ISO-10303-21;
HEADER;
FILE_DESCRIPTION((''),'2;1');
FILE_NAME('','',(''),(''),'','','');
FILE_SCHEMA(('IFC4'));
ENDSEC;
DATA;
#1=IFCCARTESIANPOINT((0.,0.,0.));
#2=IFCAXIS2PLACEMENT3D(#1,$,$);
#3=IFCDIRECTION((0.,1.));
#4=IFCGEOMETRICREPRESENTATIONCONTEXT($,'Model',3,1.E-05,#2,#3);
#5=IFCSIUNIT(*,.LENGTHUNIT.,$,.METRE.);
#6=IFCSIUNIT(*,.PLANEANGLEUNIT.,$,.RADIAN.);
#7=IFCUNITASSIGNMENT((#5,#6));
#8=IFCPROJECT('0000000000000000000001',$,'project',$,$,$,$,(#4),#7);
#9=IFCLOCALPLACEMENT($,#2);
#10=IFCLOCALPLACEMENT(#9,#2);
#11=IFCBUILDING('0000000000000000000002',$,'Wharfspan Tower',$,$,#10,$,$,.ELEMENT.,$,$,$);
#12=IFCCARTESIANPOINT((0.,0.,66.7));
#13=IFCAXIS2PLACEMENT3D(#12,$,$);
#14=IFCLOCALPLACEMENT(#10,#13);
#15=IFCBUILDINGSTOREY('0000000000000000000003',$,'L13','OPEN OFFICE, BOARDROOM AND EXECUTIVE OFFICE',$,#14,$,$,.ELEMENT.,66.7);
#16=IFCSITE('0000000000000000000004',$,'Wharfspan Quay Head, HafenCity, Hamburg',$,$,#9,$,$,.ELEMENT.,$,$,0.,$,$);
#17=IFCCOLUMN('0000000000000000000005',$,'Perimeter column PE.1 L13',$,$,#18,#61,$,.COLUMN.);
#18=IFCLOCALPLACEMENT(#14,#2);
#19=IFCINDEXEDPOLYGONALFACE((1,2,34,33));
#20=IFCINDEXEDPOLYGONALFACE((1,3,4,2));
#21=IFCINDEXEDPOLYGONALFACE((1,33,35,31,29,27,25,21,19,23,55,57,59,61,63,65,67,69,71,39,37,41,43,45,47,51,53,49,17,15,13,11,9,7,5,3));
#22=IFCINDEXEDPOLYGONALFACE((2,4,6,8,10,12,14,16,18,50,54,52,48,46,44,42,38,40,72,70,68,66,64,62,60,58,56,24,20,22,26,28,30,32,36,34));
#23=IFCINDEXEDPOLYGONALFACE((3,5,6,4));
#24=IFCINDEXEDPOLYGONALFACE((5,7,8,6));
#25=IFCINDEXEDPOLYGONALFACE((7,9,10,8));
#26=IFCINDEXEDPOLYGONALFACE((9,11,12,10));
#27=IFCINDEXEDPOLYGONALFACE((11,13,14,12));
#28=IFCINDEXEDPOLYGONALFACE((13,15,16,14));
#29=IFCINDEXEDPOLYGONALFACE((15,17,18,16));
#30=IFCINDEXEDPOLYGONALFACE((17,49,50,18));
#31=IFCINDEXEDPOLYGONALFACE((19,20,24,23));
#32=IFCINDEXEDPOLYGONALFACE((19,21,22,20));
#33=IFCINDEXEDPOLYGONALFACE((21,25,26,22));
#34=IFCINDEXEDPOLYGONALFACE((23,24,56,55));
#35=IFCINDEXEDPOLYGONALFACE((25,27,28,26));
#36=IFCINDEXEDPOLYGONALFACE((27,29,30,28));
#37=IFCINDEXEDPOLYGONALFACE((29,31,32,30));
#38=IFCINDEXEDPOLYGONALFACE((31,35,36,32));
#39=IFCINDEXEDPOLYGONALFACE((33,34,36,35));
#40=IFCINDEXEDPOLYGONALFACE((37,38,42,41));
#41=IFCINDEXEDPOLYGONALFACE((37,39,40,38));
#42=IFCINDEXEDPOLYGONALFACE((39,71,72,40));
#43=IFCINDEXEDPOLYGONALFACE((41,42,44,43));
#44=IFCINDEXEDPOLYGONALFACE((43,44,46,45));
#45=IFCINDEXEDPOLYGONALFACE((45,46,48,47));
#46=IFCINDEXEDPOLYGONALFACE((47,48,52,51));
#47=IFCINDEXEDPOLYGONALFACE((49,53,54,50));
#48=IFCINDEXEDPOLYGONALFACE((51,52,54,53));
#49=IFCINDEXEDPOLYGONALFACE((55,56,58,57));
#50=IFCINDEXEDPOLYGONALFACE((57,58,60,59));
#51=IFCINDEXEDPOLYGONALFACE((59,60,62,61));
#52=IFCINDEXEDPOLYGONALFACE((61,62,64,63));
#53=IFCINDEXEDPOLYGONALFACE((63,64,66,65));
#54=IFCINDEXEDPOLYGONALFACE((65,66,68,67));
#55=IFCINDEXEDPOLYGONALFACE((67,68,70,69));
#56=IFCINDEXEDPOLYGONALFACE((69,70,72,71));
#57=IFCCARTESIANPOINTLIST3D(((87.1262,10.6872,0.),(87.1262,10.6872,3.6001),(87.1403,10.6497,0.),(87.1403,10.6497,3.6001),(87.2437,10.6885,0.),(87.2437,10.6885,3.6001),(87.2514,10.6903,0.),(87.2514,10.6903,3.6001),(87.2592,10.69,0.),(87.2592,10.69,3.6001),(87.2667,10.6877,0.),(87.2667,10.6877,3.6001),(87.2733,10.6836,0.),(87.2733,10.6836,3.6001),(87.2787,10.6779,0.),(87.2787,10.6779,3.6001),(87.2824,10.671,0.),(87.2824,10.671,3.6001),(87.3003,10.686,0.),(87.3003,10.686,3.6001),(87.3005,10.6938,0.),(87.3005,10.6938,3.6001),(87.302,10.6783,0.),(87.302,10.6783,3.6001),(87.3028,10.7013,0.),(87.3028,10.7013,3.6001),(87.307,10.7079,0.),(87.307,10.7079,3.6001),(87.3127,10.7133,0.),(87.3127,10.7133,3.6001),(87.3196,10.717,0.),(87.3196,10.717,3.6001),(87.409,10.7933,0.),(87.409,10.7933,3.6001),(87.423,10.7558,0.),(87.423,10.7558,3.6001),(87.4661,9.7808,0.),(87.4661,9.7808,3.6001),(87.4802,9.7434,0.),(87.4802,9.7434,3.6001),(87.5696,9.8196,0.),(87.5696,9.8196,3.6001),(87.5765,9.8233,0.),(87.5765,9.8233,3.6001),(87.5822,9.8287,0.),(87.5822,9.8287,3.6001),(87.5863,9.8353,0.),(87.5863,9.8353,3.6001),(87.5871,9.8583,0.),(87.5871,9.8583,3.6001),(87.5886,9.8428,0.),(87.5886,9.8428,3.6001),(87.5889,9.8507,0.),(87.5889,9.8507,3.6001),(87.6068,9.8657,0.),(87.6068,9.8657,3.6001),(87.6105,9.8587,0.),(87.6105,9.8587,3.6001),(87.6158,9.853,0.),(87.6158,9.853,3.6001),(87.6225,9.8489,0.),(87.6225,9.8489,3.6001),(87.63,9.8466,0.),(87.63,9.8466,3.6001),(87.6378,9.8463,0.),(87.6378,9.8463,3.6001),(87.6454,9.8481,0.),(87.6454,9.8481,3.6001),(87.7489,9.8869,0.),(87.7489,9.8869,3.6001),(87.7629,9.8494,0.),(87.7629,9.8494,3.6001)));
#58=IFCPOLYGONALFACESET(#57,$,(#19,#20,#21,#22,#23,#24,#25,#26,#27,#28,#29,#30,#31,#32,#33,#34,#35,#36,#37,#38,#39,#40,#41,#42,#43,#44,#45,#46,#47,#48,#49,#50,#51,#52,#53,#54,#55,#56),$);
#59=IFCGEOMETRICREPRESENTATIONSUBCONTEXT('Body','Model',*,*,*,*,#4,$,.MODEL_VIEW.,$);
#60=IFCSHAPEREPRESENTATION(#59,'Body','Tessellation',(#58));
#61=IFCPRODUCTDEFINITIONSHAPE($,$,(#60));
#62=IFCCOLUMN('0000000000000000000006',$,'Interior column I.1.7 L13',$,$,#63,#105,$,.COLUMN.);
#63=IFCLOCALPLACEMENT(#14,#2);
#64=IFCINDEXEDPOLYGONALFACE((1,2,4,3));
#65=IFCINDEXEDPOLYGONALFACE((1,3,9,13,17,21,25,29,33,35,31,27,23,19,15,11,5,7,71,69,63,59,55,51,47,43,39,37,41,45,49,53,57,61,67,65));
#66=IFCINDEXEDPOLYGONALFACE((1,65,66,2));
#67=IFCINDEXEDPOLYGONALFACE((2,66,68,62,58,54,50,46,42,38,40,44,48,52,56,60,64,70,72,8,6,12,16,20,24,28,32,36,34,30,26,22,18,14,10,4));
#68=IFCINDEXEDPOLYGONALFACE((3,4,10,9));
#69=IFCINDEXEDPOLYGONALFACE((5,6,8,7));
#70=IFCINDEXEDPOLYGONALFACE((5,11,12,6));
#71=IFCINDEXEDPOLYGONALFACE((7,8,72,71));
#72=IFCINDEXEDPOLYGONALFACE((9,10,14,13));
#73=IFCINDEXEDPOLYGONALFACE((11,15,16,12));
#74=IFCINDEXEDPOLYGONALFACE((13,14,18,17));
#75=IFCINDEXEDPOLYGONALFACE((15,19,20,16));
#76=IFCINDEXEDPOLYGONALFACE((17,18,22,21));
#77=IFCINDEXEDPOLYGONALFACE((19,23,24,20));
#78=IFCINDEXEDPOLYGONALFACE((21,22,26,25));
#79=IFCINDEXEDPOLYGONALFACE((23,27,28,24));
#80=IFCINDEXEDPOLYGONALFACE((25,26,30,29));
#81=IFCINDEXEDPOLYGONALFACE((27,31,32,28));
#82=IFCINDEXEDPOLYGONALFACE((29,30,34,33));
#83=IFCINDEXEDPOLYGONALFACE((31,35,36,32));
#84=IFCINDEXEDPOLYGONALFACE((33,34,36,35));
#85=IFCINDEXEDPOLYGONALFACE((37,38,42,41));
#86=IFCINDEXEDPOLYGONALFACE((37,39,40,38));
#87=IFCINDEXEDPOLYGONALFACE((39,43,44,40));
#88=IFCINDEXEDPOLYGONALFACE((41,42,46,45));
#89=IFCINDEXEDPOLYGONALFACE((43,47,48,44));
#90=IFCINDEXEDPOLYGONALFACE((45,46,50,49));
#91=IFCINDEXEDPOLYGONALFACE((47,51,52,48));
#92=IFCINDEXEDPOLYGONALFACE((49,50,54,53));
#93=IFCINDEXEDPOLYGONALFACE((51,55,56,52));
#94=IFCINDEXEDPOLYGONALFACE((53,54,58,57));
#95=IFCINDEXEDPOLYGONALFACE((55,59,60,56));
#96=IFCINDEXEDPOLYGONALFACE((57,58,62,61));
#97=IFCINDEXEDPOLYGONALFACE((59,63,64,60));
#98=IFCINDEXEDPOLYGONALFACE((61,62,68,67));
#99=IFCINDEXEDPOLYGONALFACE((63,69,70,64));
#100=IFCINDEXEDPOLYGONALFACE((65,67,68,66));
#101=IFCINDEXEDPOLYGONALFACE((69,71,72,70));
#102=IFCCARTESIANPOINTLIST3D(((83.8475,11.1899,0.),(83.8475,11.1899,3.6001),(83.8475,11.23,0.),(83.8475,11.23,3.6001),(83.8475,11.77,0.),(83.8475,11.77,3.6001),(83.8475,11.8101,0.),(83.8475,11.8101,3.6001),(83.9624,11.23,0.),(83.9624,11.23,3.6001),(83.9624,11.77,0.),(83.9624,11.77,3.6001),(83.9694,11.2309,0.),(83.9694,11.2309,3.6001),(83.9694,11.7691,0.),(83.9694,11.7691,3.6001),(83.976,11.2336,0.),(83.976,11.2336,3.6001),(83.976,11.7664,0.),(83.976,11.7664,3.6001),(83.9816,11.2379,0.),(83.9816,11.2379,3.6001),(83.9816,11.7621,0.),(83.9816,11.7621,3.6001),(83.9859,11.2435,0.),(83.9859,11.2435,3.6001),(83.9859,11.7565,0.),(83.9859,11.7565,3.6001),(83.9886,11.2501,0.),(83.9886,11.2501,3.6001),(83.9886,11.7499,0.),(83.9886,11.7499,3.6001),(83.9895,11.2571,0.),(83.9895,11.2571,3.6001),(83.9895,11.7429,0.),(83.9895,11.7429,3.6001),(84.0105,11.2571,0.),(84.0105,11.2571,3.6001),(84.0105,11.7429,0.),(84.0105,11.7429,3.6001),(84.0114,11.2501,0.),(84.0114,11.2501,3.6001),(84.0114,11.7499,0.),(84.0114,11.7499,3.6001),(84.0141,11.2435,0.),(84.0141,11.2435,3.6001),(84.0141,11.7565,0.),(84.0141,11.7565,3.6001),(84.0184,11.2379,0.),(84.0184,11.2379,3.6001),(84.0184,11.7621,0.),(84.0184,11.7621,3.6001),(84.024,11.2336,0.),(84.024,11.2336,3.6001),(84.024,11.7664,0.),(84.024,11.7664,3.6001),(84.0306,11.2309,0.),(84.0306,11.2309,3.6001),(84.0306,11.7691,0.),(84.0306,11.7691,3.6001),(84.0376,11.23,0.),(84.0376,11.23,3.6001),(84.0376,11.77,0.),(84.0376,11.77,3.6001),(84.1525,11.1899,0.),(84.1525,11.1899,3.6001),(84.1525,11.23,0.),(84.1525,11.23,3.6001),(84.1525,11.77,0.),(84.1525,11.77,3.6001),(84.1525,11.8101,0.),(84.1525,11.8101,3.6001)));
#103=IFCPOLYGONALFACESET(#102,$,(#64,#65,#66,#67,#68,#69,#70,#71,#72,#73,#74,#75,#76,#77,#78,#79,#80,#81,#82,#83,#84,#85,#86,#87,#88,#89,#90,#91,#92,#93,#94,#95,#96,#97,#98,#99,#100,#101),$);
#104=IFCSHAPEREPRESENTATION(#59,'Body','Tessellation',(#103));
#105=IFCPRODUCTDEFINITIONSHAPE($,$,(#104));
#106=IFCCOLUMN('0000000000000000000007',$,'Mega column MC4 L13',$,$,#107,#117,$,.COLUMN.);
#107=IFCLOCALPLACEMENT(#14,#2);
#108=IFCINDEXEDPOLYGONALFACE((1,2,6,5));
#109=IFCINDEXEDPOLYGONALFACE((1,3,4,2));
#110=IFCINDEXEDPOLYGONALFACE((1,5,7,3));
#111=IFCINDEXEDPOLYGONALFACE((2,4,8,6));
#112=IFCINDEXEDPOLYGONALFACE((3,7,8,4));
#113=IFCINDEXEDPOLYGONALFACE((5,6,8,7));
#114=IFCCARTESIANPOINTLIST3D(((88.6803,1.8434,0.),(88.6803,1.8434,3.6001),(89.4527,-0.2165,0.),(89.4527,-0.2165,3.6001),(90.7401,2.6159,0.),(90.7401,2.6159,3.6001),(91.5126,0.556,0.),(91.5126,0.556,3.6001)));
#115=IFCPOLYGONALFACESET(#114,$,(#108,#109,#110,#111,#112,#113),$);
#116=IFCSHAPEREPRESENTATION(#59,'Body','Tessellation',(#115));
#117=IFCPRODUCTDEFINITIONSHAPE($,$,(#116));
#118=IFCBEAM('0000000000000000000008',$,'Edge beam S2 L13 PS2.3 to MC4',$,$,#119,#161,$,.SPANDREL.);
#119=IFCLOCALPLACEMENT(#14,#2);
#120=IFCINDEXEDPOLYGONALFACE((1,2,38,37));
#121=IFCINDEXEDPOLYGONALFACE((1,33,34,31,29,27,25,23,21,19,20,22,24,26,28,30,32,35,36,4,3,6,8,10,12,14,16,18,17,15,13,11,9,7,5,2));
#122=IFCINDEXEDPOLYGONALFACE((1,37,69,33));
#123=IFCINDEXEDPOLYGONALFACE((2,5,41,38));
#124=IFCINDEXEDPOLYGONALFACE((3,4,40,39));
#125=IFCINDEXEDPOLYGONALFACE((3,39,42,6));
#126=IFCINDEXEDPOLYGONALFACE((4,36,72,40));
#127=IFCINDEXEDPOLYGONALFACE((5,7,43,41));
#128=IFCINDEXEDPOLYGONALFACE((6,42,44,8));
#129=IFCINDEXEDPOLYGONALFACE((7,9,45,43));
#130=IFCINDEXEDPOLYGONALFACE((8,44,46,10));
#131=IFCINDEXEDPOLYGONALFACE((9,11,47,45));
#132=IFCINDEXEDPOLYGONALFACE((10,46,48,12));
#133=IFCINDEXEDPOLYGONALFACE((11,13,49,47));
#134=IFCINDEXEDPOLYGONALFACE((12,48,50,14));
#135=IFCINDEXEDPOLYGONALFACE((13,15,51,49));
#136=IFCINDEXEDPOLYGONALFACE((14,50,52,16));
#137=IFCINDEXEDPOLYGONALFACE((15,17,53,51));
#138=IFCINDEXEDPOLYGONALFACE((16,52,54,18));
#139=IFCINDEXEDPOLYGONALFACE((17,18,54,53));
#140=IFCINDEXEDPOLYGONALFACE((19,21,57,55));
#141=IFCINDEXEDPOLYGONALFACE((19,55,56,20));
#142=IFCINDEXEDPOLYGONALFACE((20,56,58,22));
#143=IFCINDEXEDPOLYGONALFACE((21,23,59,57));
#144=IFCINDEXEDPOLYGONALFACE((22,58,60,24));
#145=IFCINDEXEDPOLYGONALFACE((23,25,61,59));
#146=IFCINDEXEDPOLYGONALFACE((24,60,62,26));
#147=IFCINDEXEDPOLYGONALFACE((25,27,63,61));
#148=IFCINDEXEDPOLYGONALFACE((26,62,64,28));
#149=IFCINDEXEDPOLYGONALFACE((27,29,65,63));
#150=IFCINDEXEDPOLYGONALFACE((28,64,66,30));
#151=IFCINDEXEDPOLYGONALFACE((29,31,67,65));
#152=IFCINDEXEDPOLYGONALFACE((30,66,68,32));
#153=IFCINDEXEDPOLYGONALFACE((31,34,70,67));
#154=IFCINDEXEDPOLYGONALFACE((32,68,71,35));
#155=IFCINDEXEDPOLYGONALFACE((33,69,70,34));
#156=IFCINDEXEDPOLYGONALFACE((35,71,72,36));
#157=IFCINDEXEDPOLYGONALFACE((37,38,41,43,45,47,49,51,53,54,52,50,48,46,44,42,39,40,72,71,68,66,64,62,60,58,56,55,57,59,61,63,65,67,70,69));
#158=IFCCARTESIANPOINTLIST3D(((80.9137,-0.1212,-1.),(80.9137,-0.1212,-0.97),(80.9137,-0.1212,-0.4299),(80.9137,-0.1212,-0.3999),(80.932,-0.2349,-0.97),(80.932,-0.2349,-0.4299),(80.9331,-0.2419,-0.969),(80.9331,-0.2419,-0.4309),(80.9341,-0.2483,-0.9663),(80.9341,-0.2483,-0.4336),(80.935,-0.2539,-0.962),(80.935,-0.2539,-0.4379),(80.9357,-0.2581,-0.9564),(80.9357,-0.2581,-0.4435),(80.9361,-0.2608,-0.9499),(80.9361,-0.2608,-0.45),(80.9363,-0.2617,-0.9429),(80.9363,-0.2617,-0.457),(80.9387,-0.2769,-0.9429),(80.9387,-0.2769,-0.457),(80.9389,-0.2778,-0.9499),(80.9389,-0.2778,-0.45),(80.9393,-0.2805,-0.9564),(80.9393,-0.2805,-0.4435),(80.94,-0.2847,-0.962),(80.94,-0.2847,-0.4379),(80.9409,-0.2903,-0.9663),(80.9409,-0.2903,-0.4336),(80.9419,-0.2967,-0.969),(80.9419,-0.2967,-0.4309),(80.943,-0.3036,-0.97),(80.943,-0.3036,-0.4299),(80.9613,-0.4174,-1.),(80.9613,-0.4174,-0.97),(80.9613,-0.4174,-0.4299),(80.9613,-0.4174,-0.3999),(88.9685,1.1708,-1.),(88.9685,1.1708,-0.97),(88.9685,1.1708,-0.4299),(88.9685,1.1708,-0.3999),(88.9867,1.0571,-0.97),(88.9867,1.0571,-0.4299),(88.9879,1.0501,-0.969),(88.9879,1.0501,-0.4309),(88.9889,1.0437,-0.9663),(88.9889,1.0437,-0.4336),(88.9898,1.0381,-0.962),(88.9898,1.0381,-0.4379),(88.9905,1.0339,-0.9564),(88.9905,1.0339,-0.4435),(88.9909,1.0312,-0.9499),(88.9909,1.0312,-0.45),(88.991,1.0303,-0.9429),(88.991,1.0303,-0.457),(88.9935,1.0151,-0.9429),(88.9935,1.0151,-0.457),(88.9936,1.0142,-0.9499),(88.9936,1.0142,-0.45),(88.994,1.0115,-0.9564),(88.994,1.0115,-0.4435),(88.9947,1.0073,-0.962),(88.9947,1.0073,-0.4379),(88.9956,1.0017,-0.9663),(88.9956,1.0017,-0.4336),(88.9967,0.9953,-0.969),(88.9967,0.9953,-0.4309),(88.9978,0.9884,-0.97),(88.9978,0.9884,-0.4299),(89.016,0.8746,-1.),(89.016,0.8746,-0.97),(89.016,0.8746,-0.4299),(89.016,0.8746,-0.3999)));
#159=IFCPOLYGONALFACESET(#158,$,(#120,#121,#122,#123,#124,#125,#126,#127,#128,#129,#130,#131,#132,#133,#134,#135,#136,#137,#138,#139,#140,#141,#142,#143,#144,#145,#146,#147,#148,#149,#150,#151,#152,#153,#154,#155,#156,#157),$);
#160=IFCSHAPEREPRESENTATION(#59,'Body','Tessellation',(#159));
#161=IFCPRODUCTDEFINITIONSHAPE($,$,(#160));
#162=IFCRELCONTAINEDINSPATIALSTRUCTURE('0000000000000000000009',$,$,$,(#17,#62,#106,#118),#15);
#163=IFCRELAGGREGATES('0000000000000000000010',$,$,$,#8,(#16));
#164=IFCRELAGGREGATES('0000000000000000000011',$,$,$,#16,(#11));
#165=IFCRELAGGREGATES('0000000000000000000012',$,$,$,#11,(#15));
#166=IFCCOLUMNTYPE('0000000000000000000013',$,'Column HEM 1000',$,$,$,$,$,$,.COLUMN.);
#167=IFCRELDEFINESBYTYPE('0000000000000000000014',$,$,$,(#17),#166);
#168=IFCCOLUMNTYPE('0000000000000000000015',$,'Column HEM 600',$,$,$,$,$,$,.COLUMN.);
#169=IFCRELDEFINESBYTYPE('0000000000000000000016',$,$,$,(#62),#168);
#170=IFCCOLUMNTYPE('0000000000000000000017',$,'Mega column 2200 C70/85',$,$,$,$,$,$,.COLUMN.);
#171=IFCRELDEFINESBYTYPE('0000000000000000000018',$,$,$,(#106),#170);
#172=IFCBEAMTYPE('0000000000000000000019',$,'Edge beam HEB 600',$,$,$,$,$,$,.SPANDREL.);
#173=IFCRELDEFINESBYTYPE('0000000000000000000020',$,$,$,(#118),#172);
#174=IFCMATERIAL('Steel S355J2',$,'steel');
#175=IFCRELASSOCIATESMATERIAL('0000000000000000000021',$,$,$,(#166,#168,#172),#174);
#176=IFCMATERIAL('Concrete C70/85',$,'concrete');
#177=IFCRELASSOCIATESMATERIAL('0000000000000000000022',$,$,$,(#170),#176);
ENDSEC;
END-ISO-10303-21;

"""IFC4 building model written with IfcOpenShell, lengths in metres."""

from ifc_helpers import new_model, si_unit, direction, frame, origin, origin_2d, place, context, subcontext, project, spatial, rectangle, i_section, extrude, material, material_profile, profile_set, type_object, element, save


model = new_model("IFC4")

# Units and contexts
model_context = context("Model", 3, precision=1e-05, world=origin(), true_north=direction((0.0, 1.0)))
body_context = subcontext(model_context, "Body", "Model", "MODEL_VIEW")
ifc_project = project(units=[si_unit("LENGTHUNIT", "METRE"), si_unit("PLANEANGLEUNIT", "RADIAN")], contexts=[model_context])

# Site, building, storey
site_placement = place(None, origin())
site = spatial("IfcSite", under=ifc_project, at=site_placement, Name="Wharfspan Quay Head, HafenCity, Hamburg", CompositionType="ELEMENT", RefElevation=0.0)
building_placement = place(site_placement, origin())
building = spatial("IfcBuilding", under=site, at=building_placement, Name="Wharfspan Tower", CompositionType="ELEMENT")
storey_placement = place(building_placement, frame((0.0, 0.0, 66.7)))
storey = spatial("IfcBuildingStorey", under=building, at=storey_placement, Name="L13", Description="OPEN OFFICE, BOARDROOM AND EXECUTIVE OFFICE", CompositionType="ELEMENT", Elevation=66.7)

# Columns
ifc_material_1 = material(Name="Steel S355J2", Category="steel")
ifc_material_profile_1 = material_profile(ifc_material_1, i_section(OverallWidth=0.302, OverallDepth=1.0081, WebThickness=0.021, FlangeThickness=0.04, FilletRadius=0.03, at=origin_2d()))
ifc_profile_set_1 = profile_set([ifc_material_profile_1], Name="Steel S355J2")
column_type_1 = type_object("IfcColumnType", Name="Column HEM 1000", PredefinedType="COLUMN", material=ifc_profile_set_1)
column_1_placement = place(storey_placement, frame((87.4446, 10.2683, 0.0), z_axis=(0.0, 0.0, 1.0), x_axis=(0.936328, 0.351123, 0.0)))
element("IfcColumn", 1, at=column_1_placement, inside=storey, type_object=column_type_1, Name="Perimeter column PE.1 L13", PredefinedType="COLUMN", context=body_context, shape_type="SweptSolid", body=[
    extrude(i_section(OverallWidth=0.302, OverallDepth=1.0081, WebThickness=0.021, FlangeThickness=0.04, FilletRadius=0.03, at=origin_2d()), origin(), (0.0, 0.0, 1.0), 3.6001),
])
ifc_material_profile_2 = material_profile(ifc_material_1, i_section(OverallWidth=0.3049, OverallDepth=0.6201, WebThickness=0.021, FlangeThickness=0.04, FilletRadius=0.0271, at=origin_2d()))
ifc_profile_set_2 = profile_set([ifc_material_profile_2], Name="Steel S355J2")
column_type_2 = type_object("IfcColumnType", Name="Column HEM 600", PredefinedType="COLUMN", material=ifc_profile_set_2)
column_2_placement = place(storey_placement, frame((84.0, 11.5, 0.0), z_axis=(0.0, 0.0, 1.0), x_axis=(1.0, 0.0, 0.0)))
element("IfcColumn", 2, at=column_2_placement, inside=storey, type_object=column_type_2, Name="Interior column I.1.7 L13", PredefinedType="COLUMN", context=body_context, shape_type="SweptSolid", body=[
    extrude(i_section(OverallWidth=0.3049, OverallDepth=0.6201, WebThickness=0.021, FlangeThickness=0.04, FilletRadius=0.0271, at=origin_2d()), origin(), (0.0, 0.0, 1.0), 3.6001),
])
ifc_material_2 = material(Name="Concrete C70/85", Category="concrete")
ifc_material_profile_3 = material_profile(ifc_material_2, rectangle(XDim=2.2, YDim=2.2, at=origin_2d()))
ifc_profile_set_3 = profile_set([ifc_material_profile_3], Name="Concrete C70/85")
column_type_3 = type_object("IfcColumnType", Name="Mega column 2200 C70/85", PredefinedType="COLUMN", material=ifc_profile_set_3)
column_3_placement = place(storey_placement, frame((90.0964, 1.1997, 0.0), z_axis=(0.0, 0.0, 1.0), x_axis=(-0.351123, 0.936328, 0.0)))
element("IfcColumn", 3, at=column_3_placement, inside=storey, type_object=column_type_3, Name="Mega column MC4 L13", PredefinedType="COLUMN", context=body_context, shape_type="SweptSolid", body=[
    extrude(rectangle(XDim=2.2, YDim=2.2, at=origin_2d()), origin(), (0.0, 0.0, 1.0), 3.6001),
])

# Beam
ifc_material_profile_4 = material_profile(ifc_material_1, i_section(OverallWidth=0.3, OverallDepth=0.6001, WebThickness=0.0154, FlangeThickness=0.03, FilletRadius=0.0271, at=origin_2d()))
ifc_profile_set_4 = profile_set([ifc_material_profile_4], Name="Steel S355J2")
beam_type = type_object("IfcBeamType", Name="Edge beam HEB 600", PredefinedType="SPANDREL", material=ifc_profile_set_4)
beam_1_placement = place(storey_placement, frame((80.9375, -0.2693, -0.7), z_axis=(0.987379, 0.158378, 0.0), x_axis=(-0.158378, 0.987379, 0.0)))
element("IfcBeam", 4, at=beam_1_placement, inside=storey, type_object=beam_type, Name="Edge beam S2 L13 PS2.3 to MC4", PredefinedType="SPANDREL", context=body_context, shape_type="SweptSolid", body=[
    extrude(i_section(OverallWidth=0.3, OverallDepth=0.6001, WebThickness=0.0154, FlangeThickness=0.03, FilletRadius=0.0271, at=origin_2d()), origin(), (0.0, 0.0, 1.0), 8.1577),
])

save(model, "model.ifc")
